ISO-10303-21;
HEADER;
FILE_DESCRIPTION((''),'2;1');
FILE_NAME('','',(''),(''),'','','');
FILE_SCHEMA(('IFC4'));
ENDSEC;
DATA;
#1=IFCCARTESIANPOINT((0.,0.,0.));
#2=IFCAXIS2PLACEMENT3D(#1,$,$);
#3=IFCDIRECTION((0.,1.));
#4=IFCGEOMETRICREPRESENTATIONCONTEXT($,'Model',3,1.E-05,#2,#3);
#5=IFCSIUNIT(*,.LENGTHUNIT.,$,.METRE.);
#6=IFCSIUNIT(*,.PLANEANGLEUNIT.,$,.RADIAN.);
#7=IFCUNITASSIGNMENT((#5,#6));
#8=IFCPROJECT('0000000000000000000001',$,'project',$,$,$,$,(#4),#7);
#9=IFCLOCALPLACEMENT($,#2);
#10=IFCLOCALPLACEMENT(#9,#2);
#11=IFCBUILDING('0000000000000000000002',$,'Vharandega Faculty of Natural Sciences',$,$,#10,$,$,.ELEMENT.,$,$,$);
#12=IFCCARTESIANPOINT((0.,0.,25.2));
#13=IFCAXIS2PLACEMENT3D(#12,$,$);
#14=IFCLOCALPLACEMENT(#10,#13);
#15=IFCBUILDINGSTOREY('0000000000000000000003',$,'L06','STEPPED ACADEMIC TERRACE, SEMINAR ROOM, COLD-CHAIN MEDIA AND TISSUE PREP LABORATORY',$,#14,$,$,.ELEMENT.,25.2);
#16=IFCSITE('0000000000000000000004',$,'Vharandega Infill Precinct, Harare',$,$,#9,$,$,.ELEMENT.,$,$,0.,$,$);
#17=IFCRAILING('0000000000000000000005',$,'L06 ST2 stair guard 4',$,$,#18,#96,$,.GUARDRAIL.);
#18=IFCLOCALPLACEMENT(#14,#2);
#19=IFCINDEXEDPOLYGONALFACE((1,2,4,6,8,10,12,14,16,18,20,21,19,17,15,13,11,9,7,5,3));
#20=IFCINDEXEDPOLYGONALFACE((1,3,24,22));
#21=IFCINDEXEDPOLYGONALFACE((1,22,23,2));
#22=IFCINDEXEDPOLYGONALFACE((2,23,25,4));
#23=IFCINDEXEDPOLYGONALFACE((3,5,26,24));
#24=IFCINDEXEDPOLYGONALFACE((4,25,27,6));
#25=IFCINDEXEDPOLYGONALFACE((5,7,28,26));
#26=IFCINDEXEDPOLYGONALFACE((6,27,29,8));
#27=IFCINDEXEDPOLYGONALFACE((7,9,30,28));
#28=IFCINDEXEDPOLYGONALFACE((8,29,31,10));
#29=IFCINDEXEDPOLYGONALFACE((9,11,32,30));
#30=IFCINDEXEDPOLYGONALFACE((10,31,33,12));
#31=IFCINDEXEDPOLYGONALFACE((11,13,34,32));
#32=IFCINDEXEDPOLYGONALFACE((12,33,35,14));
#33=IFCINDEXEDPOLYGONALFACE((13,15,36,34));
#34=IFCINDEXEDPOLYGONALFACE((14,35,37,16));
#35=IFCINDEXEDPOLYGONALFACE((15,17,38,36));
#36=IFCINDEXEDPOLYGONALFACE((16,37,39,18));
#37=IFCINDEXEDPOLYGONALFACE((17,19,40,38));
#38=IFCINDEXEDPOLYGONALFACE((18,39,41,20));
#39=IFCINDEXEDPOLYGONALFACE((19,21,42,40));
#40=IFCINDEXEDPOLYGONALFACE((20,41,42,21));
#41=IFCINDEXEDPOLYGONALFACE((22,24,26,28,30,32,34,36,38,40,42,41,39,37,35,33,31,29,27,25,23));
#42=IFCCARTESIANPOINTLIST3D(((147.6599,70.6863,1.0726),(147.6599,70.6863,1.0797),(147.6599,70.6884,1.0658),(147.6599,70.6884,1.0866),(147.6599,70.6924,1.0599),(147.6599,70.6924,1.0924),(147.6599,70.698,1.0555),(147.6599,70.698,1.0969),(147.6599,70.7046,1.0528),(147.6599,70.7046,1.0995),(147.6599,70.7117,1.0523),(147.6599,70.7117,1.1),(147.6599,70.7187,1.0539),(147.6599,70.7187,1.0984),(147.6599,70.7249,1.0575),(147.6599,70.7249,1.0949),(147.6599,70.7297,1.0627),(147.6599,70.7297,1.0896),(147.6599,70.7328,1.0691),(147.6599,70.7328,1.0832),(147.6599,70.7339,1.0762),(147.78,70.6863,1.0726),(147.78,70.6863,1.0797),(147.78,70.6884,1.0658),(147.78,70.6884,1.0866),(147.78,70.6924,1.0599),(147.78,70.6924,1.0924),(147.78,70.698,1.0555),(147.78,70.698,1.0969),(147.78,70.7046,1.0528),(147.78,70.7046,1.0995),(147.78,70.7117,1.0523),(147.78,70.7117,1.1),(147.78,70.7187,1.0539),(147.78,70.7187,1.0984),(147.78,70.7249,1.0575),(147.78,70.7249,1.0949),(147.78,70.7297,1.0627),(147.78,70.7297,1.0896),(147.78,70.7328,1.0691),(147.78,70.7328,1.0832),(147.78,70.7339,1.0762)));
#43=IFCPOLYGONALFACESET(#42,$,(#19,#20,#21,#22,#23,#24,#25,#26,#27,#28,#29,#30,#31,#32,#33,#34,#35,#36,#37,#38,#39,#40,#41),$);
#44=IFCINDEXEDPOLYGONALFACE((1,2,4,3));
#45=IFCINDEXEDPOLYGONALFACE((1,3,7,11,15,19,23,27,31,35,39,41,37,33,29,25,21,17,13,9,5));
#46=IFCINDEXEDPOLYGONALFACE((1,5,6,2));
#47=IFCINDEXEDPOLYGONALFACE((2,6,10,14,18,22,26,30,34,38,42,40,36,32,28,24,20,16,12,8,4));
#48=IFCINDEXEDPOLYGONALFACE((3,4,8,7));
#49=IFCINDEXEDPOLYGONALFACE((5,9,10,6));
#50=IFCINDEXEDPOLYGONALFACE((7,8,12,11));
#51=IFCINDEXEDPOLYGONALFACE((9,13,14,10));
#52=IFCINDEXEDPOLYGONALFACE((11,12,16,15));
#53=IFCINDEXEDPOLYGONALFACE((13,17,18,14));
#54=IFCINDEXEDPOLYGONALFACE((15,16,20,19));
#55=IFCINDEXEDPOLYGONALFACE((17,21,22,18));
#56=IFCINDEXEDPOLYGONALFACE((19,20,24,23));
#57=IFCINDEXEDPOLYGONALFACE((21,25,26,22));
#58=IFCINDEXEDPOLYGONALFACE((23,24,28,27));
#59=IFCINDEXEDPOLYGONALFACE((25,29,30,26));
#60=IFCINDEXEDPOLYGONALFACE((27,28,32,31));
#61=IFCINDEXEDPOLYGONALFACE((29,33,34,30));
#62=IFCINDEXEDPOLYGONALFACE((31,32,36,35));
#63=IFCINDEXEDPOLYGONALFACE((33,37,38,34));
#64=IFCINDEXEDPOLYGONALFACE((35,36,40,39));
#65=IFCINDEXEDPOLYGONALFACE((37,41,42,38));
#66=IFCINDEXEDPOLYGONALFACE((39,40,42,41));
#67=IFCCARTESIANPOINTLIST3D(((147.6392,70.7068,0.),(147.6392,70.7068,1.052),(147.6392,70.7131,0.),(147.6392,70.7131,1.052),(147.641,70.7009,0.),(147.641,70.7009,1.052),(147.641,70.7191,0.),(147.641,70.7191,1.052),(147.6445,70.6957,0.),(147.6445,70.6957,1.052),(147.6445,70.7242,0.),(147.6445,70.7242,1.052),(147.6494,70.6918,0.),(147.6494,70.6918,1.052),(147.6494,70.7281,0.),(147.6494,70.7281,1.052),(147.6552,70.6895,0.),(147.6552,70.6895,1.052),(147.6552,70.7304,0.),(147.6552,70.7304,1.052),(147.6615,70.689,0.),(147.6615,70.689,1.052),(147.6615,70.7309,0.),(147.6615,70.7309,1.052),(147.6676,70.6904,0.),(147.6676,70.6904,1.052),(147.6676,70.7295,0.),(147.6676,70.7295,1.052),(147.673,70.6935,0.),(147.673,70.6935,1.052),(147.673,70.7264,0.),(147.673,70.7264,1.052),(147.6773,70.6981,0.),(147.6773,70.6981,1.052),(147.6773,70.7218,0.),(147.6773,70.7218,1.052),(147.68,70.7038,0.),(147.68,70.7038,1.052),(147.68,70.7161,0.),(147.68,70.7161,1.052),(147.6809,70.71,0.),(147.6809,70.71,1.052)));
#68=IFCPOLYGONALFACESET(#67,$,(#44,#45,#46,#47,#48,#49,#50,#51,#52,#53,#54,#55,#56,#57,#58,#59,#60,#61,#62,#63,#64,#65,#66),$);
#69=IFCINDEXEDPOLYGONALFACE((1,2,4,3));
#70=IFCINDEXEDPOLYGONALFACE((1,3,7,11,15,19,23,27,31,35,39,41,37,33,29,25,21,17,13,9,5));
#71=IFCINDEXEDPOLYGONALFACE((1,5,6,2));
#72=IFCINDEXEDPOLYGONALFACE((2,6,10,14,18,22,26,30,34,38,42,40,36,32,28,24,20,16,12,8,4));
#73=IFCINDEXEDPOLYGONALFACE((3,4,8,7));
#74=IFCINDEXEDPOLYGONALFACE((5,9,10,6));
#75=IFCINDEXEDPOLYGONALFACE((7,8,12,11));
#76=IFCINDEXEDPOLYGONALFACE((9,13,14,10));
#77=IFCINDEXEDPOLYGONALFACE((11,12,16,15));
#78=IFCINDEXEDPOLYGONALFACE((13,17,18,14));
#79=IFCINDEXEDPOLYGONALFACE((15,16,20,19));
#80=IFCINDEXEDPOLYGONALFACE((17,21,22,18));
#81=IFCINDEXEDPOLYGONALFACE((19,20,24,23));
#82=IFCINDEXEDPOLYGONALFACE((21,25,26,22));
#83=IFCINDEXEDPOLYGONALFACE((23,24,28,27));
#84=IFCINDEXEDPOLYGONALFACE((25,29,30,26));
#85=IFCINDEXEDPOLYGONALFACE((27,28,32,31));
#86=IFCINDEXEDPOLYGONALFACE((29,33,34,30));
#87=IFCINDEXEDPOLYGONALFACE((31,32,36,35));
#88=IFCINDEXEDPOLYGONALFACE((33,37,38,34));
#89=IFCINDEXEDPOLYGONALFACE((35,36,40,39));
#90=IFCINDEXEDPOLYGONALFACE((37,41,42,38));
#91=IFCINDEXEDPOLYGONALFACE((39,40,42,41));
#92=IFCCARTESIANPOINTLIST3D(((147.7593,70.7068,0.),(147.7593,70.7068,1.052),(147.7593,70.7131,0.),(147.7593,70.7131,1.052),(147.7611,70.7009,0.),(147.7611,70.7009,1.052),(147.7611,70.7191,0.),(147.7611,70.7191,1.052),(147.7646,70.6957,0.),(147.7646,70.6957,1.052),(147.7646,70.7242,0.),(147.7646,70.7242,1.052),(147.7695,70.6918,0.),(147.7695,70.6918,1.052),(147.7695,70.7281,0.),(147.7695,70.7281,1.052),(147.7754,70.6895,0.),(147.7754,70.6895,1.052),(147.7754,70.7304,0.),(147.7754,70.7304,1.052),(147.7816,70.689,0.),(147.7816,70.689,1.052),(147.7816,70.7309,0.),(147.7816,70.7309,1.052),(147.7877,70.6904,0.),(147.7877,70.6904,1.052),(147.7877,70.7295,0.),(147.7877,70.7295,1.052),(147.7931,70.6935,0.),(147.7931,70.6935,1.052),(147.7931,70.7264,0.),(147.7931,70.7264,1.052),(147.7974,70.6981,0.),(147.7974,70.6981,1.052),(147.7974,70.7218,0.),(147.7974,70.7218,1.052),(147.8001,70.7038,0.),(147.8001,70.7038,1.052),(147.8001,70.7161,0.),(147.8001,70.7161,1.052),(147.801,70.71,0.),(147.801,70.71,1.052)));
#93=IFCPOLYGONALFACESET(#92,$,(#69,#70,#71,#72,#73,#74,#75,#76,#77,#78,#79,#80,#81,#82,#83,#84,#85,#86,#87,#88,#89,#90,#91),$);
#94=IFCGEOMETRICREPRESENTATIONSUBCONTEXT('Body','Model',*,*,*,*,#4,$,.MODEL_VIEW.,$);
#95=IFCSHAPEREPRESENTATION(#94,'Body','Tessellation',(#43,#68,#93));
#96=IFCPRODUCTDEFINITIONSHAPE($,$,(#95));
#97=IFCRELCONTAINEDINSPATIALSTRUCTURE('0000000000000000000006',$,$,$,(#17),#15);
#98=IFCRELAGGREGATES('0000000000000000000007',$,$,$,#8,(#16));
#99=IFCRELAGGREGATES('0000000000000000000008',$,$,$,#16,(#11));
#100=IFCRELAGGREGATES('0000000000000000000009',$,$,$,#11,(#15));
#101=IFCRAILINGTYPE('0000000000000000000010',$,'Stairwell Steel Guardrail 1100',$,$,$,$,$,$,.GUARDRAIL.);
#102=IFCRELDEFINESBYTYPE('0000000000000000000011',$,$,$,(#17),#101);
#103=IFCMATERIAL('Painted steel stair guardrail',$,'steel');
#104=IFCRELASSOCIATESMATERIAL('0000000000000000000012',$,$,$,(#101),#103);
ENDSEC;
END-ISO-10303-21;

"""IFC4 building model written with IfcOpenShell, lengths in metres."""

from ifc_helpers import new_model, si_unit, direction, frame, origin, origin_2d, place, context, subcontext, project, spatial, circle, extrude, material, type_object, element, save


model = new_model("IFC4")

# Units and contexts
model_context = context("Model", 3, precision=1e-05, world=origin(), true_north=direction((0.0, 1.0)))
body_context = subcontext(model_context, "Body", "Model", "MODEL_VIEW")
ifc_project = project(units=[si_unit("LENGTHUNIT", "METRE"), si_unit("PLANEANGLEUNIT", "RADIAN")], contexts=[model_context])

# Site, building, storey
site_placement = place(None, origin())
site = spatial("IfcSite", under=ifc_project, at=site_placement, Name="Vharandega Infill Precinct, Harare", CompositionType="ELEMENT", RefElevation=0.0)
building_placement = place(site_placement, origin())
building = spatial("IfcBuilding", under=site, at=building_placement, Name="Vharandega Faculty of Natural Sciences", CompositionType="ELEMENT")
storey_placement = place(building_placement, frame((0.0, 0.0, 25.2)))
storey = spatial("IfcBuildingStorey", under=building, at=storey_placement, Name="L06", Description="STEPPED ACADEMIC TERRACE, SEMINAR ROOM, COLD-CHAIN MEDIA AND TISSUE PREP LABORATORY", CompositionType="ELEMENT", Elevation=25.2)

# Railing
ifc_material_1 = material(Name="Painted steel stair guardrail", Category="steel")
railing_type_1 = type_object("IfcRailingType", Name="Stairwell Steel Guardrail 1100", PredefinedType="GUARDRAIL", material=ifc_material_1)
railing_1_placement = place(storey_placement, frame((147.6599, 70.71, 0.0)))
element("IfcRailing", 1, at=railing_1_placement, inside=storey, type_object=railing_type_1, Name="L06 ST2 stair guard 4", PredefinedType="GUARDRAIL", context=body_context, shape_type="SweptSolid", body=[
    extrude(circle(Radius=0.0239, at=origin_2d()), frame((0.0, 0.0, 1.0762), z_axis=(1.0, 0.0, 0.0), x_axis=(0.0, 1.0, 0.0)), (0.0, 0.0, 1.0), 0.1201),
    extrude(circle(Radius=0.021, at=origin_2d()), origin(), (0.0, 0.0, 1.0), 1.052),
    extrude(circle(Radius=0.021, at=origin_2d()), frame((0.1201, 0.0, 0.0)), (0.0, 0.0, 1.0), 1.052),
])

save(model, "model.ifc")
